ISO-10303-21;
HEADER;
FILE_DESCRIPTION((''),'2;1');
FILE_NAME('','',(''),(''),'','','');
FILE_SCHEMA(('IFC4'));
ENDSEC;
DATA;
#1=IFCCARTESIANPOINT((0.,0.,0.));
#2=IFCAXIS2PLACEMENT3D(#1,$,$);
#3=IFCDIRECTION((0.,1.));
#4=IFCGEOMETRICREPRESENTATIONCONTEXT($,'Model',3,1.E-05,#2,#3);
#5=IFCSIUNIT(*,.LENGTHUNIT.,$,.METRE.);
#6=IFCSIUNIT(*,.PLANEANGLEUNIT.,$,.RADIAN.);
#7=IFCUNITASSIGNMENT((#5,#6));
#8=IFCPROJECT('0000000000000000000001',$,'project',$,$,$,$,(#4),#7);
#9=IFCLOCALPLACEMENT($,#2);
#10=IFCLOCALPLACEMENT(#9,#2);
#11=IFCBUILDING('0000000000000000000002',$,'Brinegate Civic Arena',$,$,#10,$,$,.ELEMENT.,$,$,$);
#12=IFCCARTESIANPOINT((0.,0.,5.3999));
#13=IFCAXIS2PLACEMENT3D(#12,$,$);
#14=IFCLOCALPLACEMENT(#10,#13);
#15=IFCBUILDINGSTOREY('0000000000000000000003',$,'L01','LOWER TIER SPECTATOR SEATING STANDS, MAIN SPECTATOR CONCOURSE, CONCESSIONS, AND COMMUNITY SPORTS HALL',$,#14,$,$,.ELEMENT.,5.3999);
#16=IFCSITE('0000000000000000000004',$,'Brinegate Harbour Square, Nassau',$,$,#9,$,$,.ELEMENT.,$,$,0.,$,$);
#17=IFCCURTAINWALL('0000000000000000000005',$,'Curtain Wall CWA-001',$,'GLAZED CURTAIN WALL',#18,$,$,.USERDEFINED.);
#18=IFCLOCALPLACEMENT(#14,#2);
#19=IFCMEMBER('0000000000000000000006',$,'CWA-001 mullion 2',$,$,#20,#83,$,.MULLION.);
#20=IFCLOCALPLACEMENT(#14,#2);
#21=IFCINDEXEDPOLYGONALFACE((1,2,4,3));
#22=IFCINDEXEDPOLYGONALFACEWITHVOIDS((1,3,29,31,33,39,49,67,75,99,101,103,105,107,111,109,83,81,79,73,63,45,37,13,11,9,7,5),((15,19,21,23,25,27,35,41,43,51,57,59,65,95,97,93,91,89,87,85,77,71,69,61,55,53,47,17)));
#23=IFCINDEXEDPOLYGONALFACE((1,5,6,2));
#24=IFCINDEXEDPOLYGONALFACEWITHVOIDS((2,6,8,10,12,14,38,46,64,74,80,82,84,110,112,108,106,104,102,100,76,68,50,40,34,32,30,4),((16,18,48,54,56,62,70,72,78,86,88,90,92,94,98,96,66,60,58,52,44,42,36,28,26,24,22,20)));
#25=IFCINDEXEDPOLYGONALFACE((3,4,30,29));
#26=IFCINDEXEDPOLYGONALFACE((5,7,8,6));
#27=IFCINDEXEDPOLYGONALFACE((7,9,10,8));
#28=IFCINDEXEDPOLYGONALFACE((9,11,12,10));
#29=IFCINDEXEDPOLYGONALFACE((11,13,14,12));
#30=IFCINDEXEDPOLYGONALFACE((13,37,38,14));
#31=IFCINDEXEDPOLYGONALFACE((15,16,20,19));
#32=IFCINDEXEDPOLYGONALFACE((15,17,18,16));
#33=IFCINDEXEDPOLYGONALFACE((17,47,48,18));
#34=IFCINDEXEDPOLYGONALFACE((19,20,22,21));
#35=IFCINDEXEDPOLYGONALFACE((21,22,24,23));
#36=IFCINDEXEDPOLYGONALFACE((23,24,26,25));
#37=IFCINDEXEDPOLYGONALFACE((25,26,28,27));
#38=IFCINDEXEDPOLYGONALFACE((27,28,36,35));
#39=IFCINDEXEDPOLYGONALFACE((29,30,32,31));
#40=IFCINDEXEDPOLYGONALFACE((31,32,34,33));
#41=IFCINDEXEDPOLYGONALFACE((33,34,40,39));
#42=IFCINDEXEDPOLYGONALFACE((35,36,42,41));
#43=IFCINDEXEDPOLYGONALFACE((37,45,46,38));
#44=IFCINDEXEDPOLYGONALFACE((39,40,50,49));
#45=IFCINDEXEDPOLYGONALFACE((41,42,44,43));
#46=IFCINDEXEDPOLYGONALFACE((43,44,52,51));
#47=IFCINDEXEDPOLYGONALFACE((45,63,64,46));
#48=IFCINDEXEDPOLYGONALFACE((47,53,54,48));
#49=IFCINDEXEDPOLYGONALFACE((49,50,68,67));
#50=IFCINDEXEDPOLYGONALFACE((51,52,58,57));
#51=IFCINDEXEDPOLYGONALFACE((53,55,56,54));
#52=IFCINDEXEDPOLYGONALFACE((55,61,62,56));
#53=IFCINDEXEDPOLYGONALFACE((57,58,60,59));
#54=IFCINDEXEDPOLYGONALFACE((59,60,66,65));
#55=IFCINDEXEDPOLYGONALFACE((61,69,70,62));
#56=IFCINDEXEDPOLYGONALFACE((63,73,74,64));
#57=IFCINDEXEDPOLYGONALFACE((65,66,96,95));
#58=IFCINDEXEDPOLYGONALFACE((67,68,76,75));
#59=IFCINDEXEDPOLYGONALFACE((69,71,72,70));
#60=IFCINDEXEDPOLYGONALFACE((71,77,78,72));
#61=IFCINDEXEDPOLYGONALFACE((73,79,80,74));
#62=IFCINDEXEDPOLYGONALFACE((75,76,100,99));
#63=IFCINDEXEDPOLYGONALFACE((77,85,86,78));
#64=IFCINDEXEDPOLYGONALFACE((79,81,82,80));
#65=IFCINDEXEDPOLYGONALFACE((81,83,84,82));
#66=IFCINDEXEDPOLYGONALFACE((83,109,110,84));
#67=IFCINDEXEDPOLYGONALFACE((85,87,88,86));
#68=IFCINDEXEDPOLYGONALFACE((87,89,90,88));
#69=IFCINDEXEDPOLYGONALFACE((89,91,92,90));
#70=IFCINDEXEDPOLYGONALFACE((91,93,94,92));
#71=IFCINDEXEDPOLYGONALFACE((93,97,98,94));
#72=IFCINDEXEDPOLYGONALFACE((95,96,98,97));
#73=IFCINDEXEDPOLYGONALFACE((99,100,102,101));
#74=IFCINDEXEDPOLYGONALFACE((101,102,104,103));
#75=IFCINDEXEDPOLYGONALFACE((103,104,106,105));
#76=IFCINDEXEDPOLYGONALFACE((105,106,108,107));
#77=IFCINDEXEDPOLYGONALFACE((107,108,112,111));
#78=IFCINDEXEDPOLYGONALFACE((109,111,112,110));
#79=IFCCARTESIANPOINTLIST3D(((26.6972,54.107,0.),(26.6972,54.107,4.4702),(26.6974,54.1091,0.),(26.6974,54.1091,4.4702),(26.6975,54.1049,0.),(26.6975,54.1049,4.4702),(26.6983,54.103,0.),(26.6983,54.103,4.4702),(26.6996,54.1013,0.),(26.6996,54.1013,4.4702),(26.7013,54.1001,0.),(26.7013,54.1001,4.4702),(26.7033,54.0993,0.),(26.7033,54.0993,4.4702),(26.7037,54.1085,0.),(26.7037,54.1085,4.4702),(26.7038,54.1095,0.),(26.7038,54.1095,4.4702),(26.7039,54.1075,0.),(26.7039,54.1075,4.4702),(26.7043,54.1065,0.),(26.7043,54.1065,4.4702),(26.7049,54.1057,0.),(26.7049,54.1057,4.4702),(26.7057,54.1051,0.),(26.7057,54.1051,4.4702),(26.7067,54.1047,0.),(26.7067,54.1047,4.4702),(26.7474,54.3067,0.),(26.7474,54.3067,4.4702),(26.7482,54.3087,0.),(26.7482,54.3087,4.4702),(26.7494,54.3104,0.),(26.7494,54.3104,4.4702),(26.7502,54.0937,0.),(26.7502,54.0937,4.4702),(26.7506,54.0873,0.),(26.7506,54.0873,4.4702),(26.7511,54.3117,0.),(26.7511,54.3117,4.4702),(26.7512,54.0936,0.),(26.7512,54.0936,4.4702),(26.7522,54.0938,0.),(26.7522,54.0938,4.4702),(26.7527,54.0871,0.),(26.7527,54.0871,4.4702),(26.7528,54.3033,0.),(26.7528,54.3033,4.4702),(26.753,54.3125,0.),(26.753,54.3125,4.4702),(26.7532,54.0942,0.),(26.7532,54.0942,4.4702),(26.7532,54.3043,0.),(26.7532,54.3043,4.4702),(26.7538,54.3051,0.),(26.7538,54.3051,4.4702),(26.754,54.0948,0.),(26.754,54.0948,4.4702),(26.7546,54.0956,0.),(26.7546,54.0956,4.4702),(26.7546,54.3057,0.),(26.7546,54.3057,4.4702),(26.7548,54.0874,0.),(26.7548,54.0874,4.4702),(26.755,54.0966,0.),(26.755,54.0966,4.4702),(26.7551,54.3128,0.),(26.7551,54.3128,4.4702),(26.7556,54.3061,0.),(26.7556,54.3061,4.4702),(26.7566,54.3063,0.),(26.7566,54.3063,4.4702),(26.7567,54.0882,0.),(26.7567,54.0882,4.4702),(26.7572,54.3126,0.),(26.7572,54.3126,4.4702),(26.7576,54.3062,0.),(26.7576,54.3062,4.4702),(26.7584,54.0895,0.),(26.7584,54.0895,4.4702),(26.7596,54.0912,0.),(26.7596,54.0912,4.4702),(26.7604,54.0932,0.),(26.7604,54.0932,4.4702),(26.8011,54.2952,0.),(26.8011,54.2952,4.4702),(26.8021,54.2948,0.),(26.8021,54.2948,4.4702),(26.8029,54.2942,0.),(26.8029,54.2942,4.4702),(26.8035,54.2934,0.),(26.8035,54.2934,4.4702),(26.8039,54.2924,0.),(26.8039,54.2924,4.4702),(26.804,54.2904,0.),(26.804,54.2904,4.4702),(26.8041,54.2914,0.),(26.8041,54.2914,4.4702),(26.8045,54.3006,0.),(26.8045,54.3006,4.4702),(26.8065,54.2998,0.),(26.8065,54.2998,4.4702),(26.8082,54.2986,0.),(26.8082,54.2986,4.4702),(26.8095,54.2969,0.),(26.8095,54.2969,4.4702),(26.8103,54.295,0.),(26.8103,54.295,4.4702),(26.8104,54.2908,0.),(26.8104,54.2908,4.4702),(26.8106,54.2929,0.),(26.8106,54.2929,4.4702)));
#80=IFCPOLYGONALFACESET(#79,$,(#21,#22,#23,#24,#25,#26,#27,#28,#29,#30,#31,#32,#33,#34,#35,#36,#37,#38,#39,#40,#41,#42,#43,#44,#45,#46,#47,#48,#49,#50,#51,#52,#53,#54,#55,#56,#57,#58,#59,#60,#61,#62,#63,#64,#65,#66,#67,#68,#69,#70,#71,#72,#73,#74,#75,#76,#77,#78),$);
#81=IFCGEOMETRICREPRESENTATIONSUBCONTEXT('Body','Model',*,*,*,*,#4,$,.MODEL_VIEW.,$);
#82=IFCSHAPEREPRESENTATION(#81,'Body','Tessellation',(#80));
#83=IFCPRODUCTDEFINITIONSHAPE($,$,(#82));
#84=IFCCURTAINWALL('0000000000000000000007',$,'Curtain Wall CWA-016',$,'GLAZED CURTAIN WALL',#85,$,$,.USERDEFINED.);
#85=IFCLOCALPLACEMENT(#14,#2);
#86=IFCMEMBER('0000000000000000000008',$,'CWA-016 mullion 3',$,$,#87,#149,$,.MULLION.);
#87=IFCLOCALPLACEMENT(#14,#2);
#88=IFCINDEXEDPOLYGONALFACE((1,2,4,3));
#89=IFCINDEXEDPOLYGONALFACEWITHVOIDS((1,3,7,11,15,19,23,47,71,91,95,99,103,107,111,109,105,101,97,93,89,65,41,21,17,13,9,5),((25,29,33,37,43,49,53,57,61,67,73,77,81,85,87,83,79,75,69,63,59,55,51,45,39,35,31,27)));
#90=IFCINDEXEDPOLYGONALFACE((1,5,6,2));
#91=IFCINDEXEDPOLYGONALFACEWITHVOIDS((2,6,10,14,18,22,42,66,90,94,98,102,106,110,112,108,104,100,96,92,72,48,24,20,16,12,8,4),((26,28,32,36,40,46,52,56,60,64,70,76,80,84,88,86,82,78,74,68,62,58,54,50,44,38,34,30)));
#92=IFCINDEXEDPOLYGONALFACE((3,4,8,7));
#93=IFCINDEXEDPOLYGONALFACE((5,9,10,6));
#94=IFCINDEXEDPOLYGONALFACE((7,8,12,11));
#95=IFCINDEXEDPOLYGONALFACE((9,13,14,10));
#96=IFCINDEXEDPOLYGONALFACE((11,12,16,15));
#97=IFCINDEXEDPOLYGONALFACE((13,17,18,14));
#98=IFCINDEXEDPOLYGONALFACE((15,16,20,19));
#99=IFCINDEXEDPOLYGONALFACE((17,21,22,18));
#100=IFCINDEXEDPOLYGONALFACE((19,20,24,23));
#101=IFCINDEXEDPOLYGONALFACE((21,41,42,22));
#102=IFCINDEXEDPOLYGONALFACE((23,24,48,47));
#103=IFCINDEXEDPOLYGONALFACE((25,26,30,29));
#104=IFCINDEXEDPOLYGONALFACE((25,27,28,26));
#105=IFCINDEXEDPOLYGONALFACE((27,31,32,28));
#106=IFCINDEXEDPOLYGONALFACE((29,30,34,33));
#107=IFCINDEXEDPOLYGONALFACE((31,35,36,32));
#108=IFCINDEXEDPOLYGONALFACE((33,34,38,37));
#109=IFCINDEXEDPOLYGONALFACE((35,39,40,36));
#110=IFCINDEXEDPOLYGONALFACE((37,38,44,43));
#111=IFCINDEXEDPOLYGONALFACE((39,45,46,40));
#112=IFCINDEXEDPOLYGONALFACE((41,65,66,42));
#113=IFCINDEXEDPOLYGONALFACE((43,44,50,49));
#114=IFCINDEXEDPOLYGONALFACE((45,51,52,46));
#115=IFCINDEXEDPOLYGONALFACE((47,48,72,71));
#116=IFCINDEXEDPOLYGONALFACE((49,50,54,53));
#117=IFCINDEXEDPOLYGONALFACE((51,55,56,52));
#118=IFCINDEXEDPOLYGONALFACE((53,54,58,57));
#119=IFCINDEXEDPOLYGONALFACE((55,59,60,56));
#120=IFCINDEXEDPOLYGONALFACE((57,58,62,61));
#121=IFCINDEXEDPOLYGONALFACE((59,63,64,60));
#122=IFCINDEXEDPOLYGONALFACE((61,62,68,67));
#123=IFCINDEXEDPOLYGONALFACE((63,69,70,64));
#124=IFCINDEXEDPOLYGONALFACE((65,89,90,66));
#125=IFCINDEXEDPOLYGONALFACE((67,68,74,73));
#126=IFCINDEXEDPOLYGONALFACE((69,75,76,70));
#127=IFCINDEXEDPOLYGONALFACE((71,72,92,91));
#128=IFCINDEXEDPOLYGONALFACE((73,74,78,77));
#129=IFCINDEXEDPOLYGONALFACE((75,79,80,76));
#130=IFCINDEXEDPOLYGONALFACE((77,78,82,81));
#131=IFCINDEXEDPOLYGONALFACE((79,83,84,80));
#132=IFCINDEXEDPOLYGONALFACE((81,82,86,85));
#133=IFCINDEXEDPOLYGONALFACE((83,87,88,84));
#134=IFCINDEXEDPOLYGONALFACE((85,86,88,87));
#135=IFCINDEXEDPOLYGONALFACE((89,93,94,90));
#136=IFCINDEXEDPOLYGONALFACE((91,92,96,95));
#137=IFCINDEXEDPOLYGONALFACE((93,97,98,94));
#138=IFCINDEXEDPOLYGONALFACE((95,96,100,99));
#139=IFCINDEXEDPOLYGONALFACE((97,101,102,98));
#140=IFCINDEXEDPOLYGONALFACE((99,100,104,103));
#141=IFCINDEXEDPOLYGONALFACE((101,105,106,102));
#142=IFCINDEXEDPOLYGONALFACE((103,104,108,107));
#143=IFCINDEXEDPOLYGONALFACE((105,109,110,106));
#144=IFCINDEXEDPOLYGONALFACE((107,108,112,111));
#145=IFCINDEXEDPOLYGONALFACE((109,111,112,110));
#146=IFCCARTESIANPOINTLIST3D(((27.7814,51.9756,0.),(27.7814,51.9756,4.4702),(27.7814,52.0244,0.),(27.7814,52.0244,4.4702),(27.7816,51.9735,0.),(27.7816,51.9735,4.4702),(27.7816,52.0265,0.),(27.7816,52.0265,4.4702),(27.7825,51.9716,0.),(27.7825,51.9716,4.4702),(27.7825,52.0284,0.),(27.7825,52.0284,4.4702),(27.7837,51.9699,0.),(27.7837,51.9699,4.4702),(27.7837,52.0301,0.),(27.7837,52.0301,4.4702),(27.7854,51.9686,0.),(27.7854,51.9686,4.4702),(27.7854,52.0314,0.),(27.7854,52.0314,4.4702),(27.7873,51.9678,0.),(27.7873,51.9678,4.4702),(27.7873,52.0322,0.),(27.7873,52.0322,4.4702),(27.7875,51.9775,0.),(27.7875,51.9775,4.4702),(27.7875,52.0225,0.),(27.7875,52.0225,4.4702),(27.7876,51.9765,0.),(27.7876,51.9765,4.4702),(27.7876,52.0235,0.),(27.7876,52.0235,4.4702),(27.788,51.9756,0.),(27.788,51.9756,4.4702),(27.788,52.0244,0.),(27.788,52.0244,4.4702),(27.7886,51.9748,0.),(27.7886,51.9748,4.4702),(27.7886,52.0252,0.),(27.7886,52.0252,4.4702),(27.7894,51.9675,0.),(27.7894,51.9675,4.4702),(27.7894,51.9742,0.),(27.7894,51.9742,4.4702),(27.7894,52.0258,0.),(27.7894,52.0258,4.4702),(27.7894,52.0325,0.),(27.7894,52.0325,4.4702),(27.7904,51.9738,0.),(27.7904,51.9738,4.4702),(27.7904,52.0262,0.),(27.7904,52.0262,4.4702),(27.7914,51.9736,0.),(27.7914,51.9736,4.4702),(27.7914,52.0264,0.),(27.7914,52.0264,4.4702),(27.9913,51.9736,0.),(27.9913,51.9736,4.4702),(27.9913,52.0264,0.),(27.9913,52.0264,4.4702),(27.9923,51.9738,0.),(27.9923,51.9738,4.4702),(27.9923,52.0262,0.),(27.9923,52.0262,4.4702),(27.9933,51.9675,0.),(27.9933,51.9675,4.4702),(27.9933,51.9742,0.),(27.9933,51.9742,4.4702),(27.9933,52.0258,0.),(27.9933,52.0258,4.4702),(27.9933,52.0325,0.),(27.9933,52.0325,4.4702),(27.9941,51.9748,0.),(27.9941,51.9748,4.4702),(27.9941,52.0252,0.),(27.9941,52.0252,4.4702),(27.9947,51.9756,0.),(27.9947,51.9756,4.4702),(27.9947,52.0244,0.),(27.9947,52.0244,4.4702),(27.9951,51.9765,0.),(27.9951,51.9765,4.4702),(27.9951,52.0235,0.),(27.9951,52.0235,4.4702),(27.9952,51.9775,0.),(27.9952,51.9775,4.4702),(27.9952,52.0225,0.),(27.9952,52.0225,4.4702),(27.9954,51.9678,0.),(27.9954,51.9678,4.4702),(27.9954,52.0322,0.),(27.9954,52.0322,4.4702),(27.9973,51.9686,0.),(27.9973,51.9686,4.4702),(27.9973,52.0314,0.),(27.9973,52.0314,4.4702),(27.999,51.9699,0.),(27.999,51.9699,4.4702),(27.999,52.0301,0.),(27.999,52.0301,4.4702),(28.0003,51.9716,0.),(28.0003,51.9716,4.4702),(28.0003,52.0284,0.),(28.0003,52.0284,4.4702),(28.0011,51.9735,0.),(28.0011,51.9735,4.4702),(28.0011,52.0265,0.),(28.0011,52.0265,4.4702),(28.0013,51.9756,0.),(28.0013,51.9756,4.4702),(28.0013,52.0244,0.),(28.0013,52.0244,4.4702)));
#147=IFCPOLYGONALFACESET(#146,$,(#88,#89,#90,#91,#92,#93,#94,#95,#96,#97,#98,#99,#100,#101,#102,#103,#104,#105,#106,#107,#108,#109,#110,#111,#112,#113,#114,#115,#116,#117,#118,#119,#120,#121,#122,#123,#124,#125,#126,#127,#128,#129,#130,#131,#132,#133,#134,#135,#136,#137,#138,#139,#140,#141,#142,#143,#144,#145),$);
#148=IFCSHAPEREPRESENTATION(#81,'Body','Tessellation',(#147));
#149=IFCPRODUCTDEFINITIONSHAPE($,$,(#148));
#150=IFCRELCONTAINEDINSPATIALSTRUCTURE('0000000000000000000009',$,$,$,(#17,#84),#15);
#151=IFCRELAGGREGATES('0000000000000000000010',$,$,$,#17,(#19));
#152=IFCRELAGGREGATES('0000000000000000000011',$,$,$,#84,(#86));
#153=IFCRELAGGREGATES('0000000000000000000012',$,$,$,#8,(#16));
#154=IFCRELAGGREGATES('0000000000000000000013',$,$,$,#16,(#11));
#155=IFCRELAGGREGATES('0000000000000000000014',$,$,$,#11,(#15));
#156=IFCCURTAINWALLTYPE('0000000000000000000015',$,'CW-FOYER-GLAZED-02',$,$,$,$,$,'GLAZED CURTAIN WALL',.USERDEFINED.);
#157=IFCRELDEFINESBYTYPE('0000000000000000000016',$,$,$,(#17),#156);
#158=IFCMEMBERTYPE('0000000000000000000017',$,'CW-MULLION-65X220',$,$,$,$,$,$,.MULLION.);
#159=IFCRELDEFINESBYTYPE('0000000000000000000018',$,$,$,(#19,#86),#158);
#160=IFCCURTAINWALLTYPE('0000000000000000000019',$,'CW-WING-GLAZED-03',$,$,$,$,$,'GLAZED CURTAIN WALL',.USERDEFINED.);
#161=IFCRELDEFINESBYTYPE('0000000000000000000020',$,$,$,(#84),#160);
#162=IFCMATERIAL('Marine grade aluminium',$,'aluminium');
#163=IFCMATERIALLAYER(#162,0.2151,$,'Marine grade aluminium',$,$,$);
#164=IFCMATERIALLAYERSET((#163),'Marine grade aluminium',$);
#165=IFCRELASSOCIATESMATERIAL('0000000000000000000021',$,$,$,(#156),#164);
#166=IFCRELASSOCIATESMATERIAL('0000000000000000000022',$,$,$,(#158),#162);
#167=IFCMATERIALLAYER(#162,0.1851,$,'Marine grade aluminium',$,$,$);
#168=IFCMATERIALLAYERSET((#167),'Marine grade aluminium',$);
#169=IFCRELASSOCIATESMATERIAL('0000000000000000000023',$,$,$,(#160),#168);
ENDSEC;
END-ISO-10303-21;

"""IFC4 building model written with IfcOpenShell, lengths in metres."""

from ifc_helpers import new_model, si_unit, direction, frame, origin, origin_2d, place, context, subcontext, project, spatial, hollow_rectangle, extrude, material, layer, layer_set, material_profile, profile_set, type_object, element, aggregate, save


model = new_model("IFC4")

# Units and contexts
model_context = context("Model", 3, precision=1e-05, world=origin(), true_north=direction((0.0, 1.0)))
body_context = subcontext(model_context, "Body", "Model", "MODEL_VIEW")
ifc_project = project(units=[si_unit("LENGTHUNIT", "METRE"), si_unit("PLANEANGLEUNIT", "RADIAN")], contexts=[model_context])

# Site, building, storey
site_placement = place(None, origin())
site = spatial("IfcSite", under=ifc_project, at=site_placement, Name="Brinegate Harbour Square, Nassau", CompositionType="ELEMENT", RefElevation=0.0)
building_placement = place(site_placement, origin())
building = spatial("IfcBuilding", under=site, at=building_placement, Name="Brinegate Civic Arena", CompositionType="ELEMENT")
storey_placement = place(building_placement, frame((0.0, 0.0, 5.3999)))
storey = spatial("IfcBuildingStorey", under=building, at=storey_placement, Name="L01", Description="LOWER TIER SPECTATOR SEATING STANDS, MAIN SPECTATOR CONCOURSE, CONCESSIONS, AND COMMUNITY SPORTS HALL", CompositionType="ELEMENT", Elevation=5.3999)

# Curtain wall, member
ifc_material_1 = material(Name="Marine grade aluminium", Category="aluminium")
ifc_layer_1 = layer(ifc_material_1, 0.2151, Name="Marine grade aluminium")
ifc_layer_set_1 = layer_set([ifc_layer_1], Name="Marine grade aluminium")
curtain_wall_type_1 = type_object("IfcCurtainWallType", Name="CW-FOYER-GLAZED-02", ElementType="GLAZED CURTAIN WALL", PredefinedType="USERDEFINED", material=ifc_layer_set_1)
curtain_wall_1_placement = place(storey_placement, origin())
curtain_wall_1 = element("IfcCurtainWall", 1, at=curtain_wall_1_placement, inside=storey, type_object=curtain_wall_type_1, Name="Curtain Wall CWA-001", ObjectType="GLAZED CURTAIN WALL", PredefinedType="USERDEFINED")
ifc_material_profile_1 = material_profile(ifc_material_1, hollow_rectangle(XDim=0.0649, YDim=0.22, WallThickness=0.0061, InnerFilletRadius=0.0039, OuterFilletRadius=0.0081, at=origin_2d()), Name="MUL65X220")
ifc_profile_set_1 = profile_set([ifc_material_profile_1], Name="Marine grade aluminium")
member_type_1 = type_object("IfcMemberType", Name="CW-MULLION-65X220", PredefinedType="MULLION", material=ifc_profile_set_1)
member_1_placement = place(storey_placement, frame((26.7539, 54.2, 0.0), z_axis=(0.0, 0.0, 1.0), x_axis=(-0.969513, 0.245042, 0.0)))
member_1 = element("IfcMember", 2, at=member_1_placement, type_object=member_type_1, Name="CWA-001 mullion 2", PredefinedType="MULLION", context=body_context, shape_type="SweptSolid", body=[
    extrude(hollow_rectangle(XDim=0.0649, YDim=0.22, WallThickness=0.0061, InnerFilletRadius=0.0039, OuterFilletRadius=0.0081, at=origin_2d()), origin(), (0.0, 0.0, 1.0), 4.4702),
])

# Curtain wall, member
ifc_layer_2 = layer(ifc_material_1, 0.1851, Name="Marine grade aluminium")
ifc_layer_set_2 = layer_set([ifc_layer_2], Name="Marine grade aluminium")
curtain_wall_type_2 = type_object("IfcCurtainWallType", Name="CW-WING-GLAZED-03", ElementType="GLAZED CURTAIN WALL", PredefinedType="USERDEFINED", material=ifc_layer_set_2)
curtain_wall_2_placement = place(storey_placement, origin())
curtain_wall_2 = element("IfcCurtainWall", 3, at=curtain_wall_2_placement, inside=storey, type_object=curtain_wall_type_2, Name="Curtain Wall CWA-016", ObjectType="GLAZED CURTAIN WALL", PredefinedType="USERDEFINED")
member_2_placement = place(storey_placement, frame((27.8914, 52.0, 0.0), z_axis=(0.0, 0.0, 1.0), x_axis=(0.0, 1.0, 0.0)))
member_2 = element("IfcMember", 4, at=member_2_placement, type_object=member_type_1, Name="CWA-016 mullion 3", PredefinedType="MULLION", context=body_context, shape_type="SweptSolid", body=[
    extrude(hollow_rectangle(XDim=0.0649, YDim=0.22, WallThickness=0.0061, InnerFilletRadius=0.0039, OuterFilletRadius=0.0081, at=origin_2d()), origin(), (0.0, 0.0, 1.0), 4.4702),
])

aggregate(curtain_wall_1, [member_1])

aggregate(curtain_wall_2, [member_2])

save(model, "model.ifc")
